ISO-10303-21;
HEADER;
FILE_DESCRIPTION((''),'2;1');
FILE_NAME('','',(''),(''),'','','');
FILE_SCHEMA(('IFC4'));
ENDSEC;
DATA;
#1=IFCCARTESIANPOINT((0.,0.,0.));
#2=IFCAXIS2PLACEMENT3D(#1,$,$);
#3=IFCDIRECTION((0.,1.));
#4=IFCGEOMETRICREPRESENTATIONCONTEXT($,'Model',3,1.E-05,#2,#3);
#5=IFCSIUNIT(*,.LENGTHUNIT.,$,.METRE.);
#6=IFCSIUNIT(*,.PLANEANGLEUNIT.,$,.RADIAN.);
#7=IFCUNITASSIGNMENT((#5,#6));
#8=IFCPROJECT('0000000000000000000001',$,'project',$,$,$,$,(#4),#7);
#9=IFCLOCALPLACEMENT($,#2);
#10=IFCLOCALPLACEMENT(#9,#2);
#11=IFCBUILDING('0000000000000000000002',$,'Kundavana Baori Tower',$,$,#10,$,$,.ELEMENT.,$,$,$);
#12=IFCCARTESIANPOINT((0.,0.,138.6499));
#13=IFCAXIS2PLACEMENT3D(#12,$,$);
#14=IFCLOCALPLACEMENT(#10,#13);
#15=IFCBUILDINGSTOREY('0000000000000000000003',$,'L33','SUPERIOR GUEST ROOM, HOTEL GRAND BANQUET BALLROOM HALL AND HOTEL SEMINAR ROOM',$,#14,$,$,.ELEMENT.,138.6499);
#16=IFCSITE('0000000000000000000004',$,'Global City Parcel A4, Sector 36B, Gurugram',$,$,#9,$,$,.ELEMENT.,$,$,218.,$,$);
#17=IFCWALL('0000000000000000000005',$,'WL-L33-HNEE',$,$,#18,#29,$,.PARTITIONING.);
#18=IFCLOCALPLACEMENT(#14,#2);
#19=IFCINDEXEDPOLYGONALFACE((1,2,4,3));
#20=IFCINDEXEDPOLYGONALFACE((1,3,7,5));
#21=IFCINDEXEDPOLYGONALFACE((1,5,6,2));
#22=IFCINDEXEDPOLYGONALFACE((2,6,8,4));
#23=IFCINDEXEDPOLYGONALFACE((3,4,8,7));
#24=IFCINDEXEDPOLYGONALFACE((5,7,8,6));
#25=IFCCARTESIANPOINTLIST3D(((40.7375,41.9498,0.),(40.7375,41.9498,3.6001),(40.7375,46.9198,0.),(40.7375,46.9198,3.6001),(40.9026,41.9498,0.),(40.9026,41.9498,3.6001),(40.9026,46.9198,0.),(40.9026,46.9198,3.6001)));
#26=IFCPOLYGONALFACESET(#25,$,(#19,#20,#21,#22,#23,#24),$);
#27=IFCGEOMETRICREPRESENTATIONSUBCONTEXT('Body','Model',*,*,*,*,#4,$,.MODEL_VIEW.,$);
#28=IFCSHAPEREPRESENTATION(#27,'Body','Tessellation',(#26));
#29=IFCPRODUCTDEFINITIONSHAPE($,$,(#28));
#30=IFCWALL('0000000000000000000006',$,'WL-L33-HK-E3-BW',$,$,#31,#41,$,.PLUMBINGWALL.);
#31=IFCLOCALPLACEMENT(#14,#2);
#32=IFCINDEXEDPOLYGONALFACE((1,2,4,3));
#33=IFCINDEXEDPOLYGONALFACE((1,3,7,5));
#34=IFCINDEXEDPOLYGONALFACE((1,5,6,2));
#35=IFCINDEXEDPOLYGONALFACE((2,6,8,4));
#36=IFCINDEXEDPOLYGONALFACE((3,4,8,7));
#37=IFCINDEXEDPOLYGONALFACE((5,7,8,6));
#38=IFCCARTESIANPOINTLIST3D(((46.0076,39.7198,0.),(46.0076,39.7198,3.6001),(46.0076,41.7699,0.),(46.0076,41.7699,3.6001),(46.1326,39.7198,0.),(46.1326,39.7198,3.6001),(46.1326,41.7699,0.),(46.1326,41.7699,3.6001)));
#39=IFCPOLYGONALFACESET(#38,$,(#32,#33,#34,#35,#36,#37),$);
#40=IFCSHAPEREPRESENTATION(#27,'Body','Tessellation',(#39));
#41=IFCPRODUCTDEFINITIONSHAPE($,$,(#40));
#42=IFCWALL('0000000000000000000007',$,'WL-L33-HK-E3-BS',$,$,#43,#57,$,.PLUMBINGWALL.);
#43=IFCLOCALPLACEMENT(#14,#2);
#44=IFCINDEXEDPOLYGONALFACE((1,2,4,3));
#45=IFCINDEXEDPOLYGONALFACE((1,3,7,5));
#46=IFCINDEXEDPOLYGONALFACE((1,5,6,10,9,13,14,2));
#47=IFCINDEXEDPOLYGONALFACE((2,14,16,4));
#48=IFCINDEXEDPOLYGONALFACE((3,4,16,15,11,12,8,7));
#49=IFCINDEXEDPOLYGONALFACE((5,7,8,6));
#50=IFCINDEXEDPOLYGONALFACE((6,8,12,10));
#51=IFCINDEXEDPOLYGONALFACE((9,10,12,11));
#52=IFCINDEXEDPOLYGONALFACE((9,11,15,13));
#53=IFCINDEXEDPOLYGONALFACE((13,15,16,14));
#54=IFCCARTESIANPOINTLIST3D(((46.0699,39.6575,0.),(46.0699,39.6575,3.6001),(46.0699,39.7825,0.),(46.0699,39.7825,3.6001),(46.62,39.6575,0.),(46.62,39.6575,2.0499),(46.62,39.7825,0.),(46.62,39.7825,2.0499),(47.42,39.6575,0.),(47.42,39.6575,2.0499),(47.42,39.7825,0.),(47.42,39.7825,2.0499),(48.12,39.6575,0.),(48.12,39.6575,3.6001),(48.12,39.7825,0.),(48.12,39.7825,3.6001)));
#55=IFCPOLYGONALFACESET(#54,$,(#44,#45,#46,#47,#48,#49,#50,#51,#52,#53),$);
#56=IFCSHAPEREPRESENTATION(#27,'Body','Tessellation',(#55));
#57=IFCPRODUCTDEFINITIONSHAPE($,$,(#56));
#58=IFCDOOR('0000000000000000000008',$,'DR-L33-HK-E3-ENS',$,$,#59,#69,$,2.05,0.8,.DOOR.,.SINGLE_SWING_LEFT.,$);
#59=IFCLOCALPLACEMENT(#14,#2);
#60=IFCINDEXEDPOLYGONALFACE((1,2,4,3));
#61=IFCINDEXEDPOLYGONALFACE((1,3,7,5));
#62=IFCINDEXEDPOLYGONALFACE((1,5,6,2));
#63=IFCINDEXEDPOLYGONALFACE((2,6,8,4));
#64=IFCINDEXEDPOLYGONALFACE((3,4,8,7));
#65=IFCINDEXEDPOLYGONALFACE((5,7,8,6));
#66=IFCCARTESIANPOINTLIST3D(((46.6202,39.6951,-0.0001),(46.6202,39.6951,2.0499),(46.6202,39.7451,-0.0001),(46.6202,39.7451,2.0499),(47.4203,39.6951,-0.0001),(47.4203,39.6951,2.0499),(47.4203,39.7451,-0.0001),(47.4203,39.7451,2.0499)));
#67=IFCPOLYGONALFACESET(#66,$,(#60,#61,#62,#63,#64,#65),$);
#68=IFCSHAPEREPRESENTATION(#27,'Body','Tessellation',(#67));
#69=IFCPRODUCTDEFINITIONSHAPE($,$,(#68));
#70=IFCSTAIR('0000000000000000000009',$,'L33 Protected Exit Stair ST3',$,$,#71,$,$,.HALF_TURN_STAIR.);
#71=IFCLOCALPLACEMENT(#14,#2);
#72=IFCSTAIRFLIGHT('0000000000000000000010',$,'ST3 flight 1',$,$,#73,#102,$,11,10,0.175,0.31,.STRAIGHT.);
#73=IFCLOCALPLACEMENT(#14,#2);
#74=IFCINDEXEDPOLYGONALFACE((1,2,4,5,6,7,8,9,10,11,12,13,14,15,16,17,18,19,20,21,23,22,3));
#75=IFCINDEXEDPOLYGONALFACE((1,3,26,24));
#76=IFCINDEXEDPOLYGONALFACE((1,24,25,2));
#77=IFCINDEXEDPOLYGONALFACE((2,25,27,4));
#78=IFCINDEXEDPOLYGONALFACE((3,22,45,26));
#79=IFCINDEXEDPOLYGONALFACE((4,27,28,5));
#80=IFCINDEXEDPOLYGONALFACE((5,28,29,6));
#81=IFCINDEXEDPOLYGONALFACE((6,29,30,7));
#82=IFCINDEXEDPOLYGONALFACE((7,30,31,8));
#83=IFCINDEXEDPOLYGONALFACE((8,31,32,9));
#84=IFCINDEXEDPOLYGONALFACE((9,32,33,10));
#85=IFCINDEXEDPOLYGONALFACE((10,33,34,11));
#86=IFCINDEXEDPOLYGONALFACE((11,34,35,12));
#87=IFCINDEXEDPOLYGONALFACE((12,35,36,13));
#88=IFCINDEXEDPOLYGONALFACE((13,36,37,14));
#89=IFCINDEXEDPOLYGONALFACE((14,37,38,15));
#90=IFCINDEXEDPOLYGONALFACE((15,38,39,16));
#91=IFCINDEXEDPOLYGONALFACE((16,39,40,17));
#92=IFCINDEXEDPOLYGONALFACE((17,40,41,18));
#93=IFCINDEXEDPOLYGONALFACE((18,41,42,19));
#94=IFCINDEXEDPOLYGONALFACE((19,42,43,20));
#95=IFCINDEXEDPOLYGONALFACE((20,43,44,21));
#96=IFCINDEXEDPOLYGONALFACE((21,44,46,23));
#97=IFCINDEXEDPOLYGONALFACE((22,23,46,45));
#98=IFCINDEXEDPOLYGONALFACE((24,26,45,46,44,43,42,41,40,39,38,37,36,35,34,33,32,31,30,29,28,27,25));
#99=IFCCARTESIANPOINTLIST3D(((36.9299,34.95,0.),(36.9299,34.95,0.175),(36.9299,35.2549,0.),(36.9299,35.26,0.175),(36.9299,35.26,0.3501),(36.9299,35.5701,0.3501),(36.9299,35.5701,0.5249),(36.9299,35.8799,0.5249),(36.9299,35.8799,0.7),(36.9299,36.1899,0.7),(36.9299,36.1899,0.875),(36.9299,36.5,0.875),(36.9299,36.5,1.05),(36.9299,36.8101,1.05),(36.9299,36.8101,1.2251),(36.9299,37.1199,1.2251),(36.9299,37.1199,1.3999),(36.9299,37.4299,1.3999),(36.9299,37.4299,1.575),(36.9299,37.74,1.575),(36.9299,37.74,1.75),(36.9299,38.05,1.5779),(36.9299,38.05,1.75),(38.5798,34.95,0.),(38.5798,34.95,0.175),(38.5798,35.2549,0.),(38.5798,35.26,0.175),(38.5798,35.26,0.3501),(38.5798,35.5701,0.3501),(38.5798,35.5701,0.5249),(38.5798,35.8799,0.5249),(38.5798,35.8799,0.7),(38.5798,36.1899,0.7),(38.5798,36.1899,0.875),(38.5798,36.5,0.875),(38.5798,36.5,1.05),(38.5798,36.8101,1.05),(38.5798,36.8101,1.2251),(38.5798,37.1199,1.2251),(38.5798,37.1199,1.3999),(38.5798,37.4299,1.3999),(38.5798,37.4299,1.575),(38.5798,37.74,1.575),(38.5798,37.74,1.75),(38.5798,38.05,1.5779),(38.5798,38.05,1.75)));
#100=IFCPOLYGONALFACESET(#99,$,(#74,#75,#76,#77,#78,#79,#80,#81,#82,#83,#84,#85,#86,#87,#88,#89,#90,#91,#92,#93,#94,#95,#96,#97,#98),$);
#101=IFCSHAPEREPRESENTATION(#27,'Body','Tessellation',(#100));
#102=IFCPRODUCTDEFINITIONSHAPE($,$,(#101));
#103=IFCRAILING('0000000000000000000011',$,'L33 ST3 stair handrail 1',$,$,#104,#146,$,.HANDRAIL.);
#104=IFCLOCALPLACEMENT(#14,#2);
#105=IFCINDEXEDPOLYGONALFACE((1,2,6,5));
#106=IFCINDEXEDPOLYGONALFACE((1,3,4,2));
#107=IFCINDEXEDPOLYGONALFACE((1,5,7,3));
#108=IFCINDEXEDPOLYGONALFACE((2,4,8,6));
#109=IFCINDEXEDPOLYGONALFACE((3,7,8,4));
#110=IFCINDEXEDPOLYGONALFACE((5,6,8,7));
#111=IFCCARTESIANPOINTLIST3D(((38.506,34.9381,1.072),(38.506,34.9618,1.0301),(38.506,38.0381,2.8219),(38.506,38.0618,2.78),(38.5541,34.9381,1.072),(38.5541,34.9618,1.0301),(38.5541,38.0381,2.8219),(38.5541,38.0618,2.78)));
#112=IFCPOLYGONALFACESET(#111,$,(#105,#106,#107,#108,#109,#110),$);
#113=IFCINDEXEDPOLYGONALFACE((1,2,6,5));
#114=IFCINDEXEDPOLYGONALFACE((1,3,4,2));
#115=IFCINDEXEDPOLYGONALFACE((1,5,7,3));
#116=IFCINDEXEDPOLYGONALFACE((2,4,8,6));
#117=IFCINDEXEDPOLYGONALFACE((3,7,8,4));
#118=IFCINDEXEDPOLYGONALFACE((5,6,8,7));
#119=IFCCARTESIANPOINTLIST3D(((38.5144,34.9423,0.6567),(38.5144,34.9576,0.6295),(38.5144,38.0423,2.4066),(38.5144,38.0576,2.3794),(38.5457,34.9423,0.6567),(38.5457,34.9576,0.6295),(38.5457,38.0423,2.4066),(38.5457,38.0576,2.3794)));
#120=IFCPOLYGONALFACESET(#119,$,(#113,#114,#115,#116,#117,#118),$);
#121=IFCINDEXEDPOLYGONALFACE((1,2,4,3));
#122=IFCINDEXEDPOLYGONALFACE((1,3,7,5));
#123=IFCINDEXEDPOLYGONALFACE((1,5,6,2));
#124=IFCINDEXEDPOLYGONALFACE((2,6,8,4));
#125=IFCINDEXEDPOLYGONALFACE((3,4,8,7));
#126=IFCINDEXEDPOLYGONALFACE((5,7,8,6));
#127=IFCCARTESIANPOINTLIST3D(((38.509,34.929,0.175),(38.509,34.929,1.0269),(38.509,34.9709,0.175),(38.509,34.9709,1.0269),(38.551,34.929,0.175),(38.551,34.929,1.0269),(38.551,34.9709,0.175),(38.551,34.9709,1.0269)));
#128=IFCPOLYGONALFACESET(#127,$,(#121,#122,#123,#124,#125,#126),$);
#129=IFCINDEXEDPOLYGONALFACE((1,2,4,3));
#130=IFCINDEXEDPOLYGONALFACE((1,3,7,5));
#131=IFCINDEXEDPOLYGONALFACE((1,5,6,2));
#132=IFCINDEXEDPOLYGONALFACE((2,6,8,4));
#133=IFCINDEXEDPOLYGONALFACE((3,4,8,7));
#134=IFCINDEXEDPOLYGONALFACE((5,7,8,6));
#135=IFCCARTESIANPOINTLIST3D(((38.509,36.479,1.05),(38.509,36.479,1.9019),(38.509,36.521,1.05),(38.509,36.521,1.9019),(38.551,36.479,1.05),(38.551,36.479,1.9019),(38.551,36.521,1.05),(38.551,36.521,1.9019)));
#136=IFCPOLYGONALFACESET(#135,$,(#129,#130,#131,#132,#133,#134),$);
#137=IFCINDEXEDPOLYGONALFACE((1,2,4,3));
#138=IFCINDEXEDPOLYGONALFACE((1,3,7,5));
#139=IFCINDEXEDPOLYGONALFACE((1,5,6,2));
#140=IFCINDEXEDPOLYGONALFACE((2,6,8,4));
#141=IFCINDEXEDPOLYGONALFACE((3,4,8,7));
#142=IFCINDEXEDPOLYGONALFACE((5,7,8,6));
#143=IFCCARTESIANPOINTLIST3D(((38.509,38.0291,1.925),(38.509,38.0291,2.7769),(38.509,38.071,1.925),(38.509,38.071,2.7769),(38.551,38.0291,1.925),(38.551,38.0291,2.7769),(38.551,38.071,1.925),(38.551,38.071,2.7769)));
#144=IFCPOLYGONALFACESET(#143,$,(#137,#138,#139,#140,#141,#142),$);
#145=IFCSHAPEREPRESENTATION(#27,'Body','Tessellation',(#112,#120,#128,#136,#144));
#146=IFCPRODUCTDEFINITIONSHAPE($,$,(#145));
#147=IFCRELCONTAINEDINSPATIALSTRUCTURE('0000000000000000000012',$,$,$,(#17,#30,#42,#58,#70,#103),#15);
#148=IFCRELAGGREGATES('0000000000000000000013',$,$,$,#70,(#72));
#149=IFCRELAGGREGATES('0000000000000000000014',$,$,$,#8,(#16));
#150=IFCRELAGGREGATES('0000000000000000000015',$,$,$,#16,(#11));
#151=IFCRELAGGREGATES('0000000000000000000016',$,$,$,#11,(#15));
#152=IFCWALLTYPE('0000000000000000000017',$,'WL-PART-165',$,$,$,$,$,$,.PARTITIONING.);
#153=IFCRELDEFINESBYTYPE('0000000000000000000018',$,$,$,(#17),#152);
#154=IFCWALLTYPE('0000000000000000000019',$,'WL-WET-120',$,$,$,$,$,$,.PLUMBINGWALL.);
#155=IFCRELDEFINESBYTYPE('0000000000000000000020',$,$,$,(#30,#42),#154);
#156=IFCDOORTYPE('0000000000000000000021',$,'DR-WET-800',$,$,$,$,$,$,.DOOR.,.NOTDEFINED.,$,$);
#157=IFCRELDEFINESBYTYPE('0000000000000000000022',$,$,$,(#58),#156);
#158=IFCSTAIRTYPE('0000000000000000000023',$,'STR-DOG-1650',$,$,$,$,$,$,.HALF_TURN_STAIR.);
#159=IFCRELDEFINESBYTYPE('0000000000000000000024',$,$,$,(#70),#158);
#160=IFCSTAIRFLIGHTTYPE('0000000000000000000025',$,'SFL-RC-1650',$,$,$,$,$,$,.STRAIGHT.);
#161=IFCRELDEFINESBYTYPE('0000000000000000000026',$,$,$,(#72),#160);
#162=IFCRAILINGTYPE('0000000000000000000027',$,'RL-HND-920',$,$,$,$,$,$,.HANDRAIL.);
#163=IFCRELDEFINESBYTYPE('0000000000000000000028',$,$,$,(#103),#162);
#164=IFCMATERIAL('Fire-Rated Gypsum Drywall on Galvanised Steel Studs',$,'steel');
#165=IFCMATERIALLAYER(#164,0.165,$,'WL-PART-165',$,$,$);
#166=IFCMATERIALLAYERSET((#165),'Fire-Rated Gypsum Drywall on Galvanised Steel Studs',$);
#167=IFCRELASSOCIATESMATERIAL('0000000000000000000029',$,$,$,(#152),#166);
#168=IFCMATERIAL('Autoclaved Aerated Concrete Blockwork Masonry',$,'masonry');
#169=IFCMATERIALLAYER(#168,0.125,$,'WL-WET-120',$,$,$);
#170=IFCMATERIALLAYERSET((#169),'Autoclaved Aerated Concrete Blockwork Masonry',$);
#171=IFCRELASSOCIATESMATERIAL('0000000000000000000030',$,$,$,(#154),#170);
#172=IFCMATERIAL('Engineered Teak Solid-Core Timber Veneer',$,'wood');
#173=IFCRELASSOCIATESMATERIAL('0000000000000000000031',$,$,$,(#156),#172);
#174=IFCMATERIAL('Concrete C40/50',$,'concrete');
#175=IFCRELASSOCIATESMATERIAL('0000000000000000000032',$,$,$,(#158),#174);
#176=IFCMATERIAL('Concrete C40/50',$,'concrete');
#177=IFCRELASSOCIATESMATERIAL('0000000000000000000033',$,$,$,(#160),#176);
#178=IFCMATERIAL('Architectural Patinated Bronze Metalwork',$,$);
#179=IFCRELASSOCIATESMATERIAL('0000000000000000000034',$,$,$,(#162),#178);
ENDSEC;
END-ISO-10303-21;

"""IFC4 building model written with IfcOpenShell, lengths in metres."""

from ifc_helpers import new_model, si_unit, direction, frame, frame_2d, origin, origin_2d, place, context, subcontext, project, spatial, polyline, rectangle, outline, extrude, material, layer, layer_set, type_object, element, fill, aggregate, save


model = new_model("IFC4")

# Units and contexts
model_context = context("Model", 3, precision=1e-05, world=origin(), true_north=direction((0.0, 1.0)))
body_context = subcontext(model_context, "Body", "Model", "MODEL_VIEW")
ifc_project = project(units=[si_unit("LENGTHUNIT", "METRE"), si_unit("PLANEANGLEUNIT", "RADIAN")], contexts=[model_context])

# Site, building, storey
site_placement = place(None, origin())
site = spatial("IfcSite", under=ifc_project, at=site_placement, Name="Global City Parcel A4, Sector 36B, Gurugram", CompositionType="ELEMENT", RefElevation=218.0)
building_placement = place(site_placement, origin())
building = spatial("IfcBuilding", under=site, at=building_placement, Name="Kundavana Baori Tower", CompositionType="ELEMENT")
storey_placement = place(building_placement, frame((0.0, 0.0, 138.6499)))
storey = spatial("IfcBuildingStorey", under=building, at=storey_placement, Name="L33", Description="SUPERIOR GUEST ROOM, HOTEL GRAND BANQUET BALLROOM HALL AND HOTEL SEMINAR ROOM", CompositionType="ELEMENT", Elevation=138.6499)

# Walls
ifc_material_1 = material(Name="Fire-Rated Gypsum Drywall on Galvanised Steel Studs", Category="steel")
ifc_layer_1 = layer(ifc_material_1, 0.165, Name="WL-PART-165")
ifc_layer_set_1 = layer_set([ifc_layer_1], Name="Fire-Rated Gypsum Drywall on Galvanised Steel Studs")
wall_type_1 = type_object("IfcWallType", Name="WL-PART-165", PredefinedType="PARTITIONING", material=ifc_layer_set_1)
wall_1_placement = place(storey_placement, frame((40.8201, 41.95, 0.0), z_axis=(0.0, 0.0, 1.0), x_axis=(0.0, 1.0, 0.0)))
element("IfcWall", 1, at=wall_1_placement, inside=storey, type_object=wall_type_1, Name="WL-L33-HNEE", PredefinedType="PARTITIONING", context=body_context, shape_type="SweptSolid", body=[
    extrude(rectangle(XDim=4.97, YDim=0.165, at=frame_2d((2.4849, 0.0))), origin(), (0.0, 0.0, 1.0), 3.6001),
])
ifc_material_2 = material(Name="Autoclaved Aerated Concrete Blockwork Masonry", Category="masonry")
ifc_layer_2 = layer(ifc_material_2, 0.125, Name="WL-WET-120")
ifc_layer_set_2 = layer_set([ifc_layer_2], Name="Autoclaved Aerated Concrete Blockwork Masonry")
wall_type_2 = type_object("IfcWallType", Name="WL-WET-120", PredefinedType="PLUMBINGWALL", material=ifc_layer_set_2)
wall_2_placement = place(storey_placement, frame((46.0701, 39.72, 0.0), z_axis=(0.0, 0.0, 1.0), x_axis=(0.0, 1.0, 0.0)))
element("IfcWall", 2, at=wall_2_placement, inside=storey, type_object=wall_type_2, Name="WL-L33-HK-E3-BW", PredefinedType="PLUMBINGWALL", context=body_context, shape_type="SweptSolid", body=[
    extrude(rectangle(XDim=2.05, YDim=0.125, at=frame_2d((1.0249, 0.0))), origin(), (0.0, 0.0, 1.0), 3.6001),
])

# Wall, opening, door
wall_3_placement = place(storey_placement, frame((46.0701, 39.72, 0.0), z_axis=(0.0, 0.0, 1.0), x_axis=(1.0, 0.0, 0.0)))
wall_3 = element("IfcWall", 3, at=wall_3_placement, inside=storey, type_object=wall_type_2, Name="WL-L33-HK-E3-BS", PredefinedType="PLUMBINGWALL", context=body_context, shape_type="SweptSolid", body=[
    extrude(rectangle(XDim=2.05, YDim=0.125, at=frame_2d((1.0249, 0.0))), origin(), (0.0, 0.0, 1.0), 3.6001),
])
opening_1_placement = place(wall_3_placement, frame((0.55, 0.0, 0.0)))
opening_1 = element("IfcOpeningElement", 4, at=opening_1_placement, cuts=wall_3, PredefinedType="OPENING", context=body_context, shape_type="SweptSolid", body=[
    extrude(rectangle(XDim=0.8, YDim=2.05, at=frame_2d((0.3999, 1.0249))), frame((0.0, 0.0725, 0.0), z_axis=(0.0, -1.0, 0.0), x_axis=(1.0, 0.0, 0.0)), (0.0, 0.0, 1.0), 0.145),
])
ifc_material_3 = material(Name="Engineered Teak Solid-Core Timber Veneer", Category="wood")
door_type_1 = type_object("IfcDoorType", Name="DR-WET-800", OperationType="NOTDEFINED", PredefinedType="DOOR", material=ifc_material_3)
door_1_placement = place(opening_1_placement, frame((0.8, 0.0, 0.0), z_axis=(0.0, 0.0, 1.0), x_axis=(-1.0, 0.0, 0.0)))
door_1 = element("IfcDoor", 5, at=door_1_placement, inside=storey, type_object=door_type_1, Name="DR-L33-HK-E3-ENS", OperationType="SINGLE_SWING_LEFT", OverallHeight=2.05, OverallWidth=0.8, PredefinedType="DOOR", context=body_context, shape_type="SweptSolid", body=[
    extrude(rectangle(XDim=0.8, YDim=2.05, at=frame_2d((0.3999, 1.0249))), frame((0.0, 0.0249, 0.0), z_axis=(0.0, -1.0, 0.0), x_axis=(1.0, 0.0, 0.0)), (0.0, 0.0, 1.0), 0.05),
])
fill(opening_1, door_1)

# Stair, stair flight
ifc_material_4 = material(Name="Concrete C40/50", Category="concrete")
stair_type = type_object("IfcStairType", Name="STR-DOG-1650", PredefinedType="HALF_TURN_STAIR", material=ifc_material_4)
stair_placement = place(storey_placement, origin())
stair = element("IfcStair", 6, at=stair_placement, inside=storey, type_object=stair_type, Name="L33 Protected Exit Stair ST3", PredefinedType="HALF_TURN_STAIR")
ifc_material_5 = material(Name="Concrete C40/50", Category="concrete")
stair_flight_type = type_object("IfcStairFlightType", Name="SFL-RC-1650", PredefinedType="STRAIGHT", material=ifc_material_5)
stair_flight_placement = place(storey_placement, frame((37.7549, 34.95, 0.0), z_axis=(0.0, 0.0, 1.0), x_axis=(0.0, 1.0, 0.0)))
stair_flight = element("IfcStairFlight", 7, at=stair_flight_placement, type_object=stair_flight_type, Name="ST3 flight 1", NumberOfRisers=11, NumberOfTreads=10, PredefinedType="STRAIGHT", RiserHeight=0.175, TreadLength=0.31, context=body_context, shape_type="SweptSolid", body=[
    extrude(outline(polyline([(0.0, 0.0), (0.0, 0.175), (0.3101, 0.175), (0.3101, 0.3501), (0.6201, 0.3501), (0.6201, 0.5249), (0.9299, 0.5249), (0.9299, 0.7), (1.24, 0.7), (1.24, 0.875), (1.55, 0.875), (1.55, 1.05), (1.8601, 1.05), (1.8601, 1.2251), (2.1699, 1.2251), (2.1699, 1.3999), (2.48, 1.3999), (2.48, 1.575), (2.79, 1.575), (2.79, 1.75), (3.1001, 1.75), (3.1001, 1.925), (3.1001, 1.5779), (0.3049, 0.0), (0.0, 0.0)])), frame((0.0, 0.825, 0.0), z_axis=(0.0, -1.0, 0.0), x_axis=(1.0, 0.0, 0.0)), (0.0, 0.0, 1.0), 1.6499),
])
aggregate(stair, [stair_flight])

# Railing
ifc_material_6 = material(Name="Architectural Patinated Bronze Metalwork")
railing_type_1 = type_object("IfcRailingType", Name="RL-HND-920", PredefinedType="HANDRAIL", material=ifc_material_6)
railing_1_placement = place(storey_placement, frame((38.53, 34.95, 0.175)))
element("IfcRailing", 8, at=railing_1_placement, inside=storey, type_object=railing_type_1, Name="L33 ST3 stair handrail 1", PredefinedType="HANDRAIL", context=body_context, shape_type="SweptSolid", body=[
    extrude(rectangle(XDim=0.0481, YDim=0.0481, at=origin_2d()), frame((0.0, 0.0, 0.876), z_axis=(0.0, 0.870831, 0.491583), x_axis=(-1.0, 0.0, 0.0)), (0.0, 0.0, 1.0), 3.5598),
    extrude(rectangle(XDim=0.0312, YDim=0.0312, at=origin_2d()), frame((0.0, 0.0, 0.468), z_axis=(0.0, 0.870831, 0.491583), x_axis=(-1.0, 0.0, 0.0)), (0.0, 0.0, 1.0), 3.5598),
    extrude(rectangle(XDim=0.042, YDim=0.042, at=origin_2d()), origin(), (0.0, 0.0, 1.0), 0.8518),
    extrude(rectangle(XDim=0.042, YDim=0.042, at=origin_2d()), frame((0.0, 1.55, 0.875)), (0.0, 0.0, 1.0), 0.8518),
    extrude(rectangle(XDim=0.042, YDim=0.042, at=origin_2d()), frame((0.0, 3.1001, 1.75)), (0.0, 0.0, 1.0), 0.8518),
])

save(model, "model.ifc")
